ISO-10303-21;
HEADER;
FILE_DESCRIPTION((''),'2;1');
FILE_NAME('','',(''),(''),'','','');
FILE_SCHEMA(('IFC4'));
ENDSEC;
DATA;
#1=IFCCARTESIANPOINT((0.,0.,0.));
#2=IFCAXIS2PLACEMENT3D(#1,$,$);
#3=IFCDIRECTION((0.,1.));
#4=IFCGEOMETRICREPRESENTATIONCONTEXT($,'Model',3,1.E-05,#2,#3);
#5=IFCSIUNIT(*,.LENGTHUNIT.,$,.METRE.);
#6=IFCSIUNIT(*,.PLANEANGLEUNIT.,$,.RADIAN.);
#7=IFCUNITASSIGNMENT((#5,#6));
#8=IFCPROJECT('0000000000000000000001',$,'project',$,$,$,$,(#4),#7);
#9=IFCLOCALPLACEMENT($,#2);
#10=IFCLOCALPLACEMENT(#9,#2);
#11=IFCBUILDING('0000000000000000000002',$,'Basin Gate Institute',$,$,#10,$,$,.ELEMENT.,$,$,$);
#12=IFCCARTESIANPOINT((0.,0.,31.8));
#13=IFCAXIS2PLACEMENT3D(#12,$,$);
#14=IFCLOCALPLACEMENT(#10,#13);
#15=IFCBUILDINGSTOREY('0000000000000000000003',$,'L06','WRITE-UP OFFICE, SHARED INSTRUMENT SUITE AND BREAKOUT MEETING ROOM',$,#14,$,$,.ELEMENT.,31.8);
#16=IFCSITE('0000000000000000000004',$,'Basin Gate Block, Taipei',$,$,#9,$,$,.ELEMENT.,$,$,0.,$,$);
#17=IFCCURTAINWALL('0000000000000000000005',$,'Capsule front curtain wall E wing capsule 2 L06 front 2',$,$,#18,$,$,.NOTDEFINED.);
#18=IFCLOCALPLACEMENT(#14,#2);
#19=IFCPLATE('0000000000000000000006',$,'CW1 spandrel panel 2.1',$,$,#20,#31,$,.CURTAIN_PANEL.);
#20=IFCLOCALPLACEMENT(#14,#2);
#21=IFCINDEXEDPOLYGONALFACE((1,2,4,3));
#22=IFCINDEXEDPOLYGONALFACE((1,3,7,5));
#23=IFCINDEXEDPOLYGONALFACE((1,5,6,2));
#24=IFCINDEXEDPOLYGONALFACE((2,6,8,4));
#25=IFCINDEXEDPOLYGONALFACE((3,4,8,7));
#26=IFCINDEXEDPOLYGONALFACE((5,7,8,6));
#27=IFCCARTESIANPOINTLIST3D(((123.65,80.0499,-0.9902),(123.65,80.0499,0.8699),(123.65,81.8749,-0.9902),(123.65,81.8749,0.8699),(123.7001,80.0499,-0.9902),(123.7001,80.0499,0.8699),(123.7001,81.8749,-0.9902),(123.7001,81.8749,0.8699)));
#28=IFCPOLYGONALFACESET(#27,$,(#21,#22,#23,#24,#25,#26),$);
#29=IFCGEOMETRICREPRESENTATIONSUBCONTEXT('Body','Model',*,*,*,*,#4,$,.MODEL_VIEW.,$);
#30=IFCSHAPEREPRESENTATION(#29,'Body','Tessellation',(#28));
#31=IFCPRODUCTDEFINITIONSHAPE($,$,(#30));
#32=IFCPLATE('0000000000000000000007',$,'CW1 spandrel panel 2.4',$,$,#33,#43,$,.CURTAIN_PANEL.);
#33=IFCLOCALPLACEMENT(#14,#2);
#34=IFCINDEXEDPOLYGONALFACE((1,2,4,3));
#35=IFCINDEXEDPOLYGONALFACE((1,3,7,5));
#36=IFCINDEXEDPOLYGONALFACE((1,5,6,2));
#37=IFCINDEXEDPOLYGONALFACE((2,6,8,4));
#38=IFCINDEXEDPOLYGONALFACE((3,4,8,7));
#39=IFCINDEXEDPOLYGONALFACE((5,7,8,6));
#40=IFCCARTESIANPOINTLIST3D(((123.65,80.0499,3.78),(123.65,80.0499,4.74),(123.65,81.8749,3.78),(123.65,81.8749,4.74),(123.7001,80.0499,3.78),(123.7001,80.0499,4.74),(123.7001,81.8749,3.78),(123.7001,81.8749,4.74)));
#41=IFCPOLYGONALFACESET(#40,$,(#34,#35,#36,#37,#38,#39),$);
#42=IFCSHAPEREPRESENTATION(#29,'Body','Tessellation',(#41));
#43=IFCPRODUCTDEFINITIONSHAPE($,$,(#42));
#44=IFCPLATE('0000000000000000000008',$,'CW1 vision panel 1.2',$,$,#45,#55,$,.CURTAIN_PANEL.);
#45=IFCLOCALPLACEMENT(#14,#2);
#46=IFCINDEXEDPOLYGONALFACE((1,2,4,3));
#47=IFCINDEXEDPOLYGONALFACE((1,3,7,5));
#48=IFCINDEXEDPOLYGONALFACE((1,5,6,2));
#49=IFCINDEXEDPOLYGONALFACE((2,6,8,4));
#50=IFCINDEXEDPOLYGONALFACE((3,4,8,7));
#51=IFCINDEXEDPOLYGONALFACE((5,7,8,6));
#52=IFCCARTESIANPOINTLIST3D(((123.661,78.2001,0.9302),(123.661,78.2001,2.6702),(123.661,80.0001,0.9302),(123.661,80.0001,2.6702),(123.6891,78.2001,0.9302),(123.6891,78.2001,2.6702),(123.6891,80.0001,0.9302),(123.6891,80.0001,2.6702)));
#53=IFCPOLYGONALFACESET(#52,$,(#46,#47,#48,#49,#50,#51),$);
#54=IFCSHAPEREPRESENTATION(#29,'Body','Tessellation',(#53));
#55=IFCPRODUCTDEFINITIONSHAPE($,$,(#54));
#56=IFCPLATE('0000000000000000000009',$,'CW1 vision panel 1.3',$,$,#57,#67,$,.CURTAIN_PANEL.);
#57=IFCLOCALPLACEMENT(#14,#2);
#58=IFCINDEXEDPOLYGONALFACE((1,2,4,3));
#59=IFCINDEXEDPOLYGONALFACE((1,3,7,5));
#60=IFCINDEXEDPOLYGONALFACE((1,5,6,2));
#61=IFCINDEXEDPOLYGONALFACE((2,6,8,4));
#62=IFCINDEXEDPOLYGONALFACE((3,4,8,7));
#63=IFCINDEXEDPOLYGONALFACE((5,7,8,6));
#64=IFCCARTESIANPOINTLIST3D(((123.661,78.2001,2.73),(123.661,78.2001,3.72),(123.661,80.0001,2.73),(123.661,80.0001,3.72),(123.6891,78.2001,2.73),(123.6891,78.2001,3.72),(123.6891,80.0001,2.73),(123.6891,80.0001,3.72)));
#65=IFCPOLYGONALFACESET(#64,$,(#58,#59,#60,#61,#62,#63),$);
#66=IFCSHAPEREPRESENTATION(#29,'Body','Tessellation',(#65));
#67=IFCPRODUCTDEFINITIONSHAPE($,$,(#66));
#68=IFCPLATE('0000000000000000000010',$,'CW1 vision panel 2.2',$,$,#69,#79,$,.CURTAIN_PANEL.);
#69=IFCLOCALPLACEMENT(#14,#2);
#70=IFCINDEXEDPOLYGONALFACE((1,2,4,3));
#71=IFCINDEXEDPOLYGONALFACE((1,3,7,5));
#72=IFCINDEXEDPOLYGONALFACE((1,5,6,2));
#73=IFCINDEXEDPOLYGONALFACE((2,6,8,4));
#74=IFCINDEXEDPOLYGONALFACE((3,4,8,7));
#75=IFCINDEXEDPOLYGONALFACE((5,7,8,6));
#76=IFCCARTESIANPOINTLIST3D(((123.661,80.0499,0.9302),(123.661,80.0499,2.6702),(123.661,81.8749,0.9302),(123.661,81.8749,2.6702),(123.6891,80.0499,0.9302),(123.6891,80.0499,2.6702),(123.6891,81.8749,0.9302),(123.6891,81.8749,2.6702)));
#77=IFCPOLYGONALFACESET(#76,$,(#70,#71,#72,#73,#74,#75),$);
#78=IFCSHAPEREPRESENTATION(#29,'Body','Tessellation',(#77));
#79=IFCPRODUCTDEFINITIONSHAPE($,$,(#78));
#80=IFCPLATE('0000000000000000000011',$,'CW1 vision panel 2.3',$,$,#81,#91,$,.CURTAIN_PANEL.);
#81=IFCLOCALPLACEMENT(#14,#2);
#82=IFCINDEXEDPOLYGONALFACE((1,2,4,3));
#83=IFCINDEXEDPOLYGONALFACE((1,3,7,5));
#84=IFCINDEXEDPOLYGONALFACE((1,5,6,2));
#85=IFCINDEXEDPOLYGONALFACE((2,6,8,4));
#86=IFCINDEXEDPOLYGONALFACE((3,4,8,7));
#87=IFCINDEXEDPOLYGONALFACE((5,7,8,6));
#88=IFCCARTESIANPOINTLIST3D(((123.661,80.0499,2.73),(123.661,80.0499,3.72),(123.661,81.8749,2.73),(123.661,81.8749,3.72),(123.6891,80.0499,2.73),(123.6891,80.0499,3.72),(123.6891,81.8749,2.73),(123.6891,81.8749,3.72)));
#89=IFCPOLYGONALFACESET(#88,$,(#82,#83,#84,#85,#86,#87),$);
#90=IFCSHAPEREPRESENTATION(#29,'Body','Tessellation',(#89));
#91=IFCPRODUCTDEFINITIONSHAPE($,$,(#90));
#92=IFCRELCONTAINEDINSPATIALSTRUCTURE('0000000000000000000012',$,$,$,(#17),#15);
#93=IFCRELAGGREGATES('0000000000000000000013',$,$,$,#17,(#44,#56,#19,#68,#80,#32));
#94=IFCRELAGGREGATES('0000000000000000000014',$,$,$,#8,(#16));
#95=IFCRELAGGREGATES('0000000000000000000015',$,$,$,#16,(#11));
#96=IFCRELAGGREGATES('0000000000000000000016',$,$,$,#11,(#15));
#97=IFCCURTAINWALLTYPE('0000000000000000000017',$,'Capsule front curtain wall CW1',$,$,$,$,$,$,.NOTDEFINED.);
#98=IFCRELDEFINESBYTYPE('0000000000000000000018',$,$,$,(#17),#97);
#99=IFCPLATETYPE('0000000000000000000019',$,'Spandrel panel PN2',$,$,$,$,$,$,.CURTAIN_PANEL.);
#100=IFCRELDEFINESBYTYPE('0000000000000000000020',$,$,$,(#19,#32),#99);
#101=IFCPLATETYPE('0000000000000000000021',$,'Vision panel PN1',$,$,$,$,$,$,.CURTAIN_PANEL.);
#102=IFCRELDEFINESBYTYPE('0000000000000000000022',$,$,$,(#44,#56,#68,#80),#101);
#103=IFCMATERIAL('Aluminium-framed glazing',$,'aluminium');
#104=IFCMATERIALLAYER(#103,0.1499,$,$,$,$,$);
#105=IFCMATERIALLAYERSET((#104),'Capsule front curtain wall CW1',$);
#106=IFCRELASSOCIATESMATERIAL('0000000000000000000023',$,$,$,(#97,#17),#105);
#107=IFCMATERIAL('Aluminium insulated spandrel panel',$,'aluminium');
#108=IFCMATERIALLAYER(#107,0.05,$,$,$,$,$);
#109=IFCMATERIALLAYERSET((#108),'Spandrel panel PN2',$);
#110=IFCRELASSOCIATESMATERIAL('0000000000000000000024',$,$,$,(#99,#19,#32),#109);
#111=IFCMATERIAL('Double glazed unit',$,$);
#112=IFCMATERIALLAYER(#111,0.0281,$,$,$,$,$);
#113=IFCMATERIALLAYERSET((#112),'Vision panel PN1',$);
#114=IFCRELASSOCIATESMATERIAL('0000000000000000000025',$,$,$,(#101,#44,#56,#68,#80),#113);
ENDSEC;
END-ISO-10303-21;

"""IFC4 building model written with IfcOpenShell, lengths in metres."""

from ifc_helpers import new_model, si_unit, direction, frame, origin, origin_2d, place, context, subcontext, project, spatial, rectangle, extrude, material, layer, layer_set, type_object, element, aggregate, save


model = new_model("IFC4")

# Units and contexts
model_context = context("Model", 3, precision=1e-05, world=origin(), true_north=direction((0.0, 1.0)))
body_context = subcontext(model_context, "Body", "Model", "MODEL_VIEW")
ifc_project = project(units=[si_unit("LENGTHUNIT", "METRE"), si_unit("PLANEANGLEUNIT", "RADIAN")], contexts=[model_context])

# Site, building, storey
site_placement = place(None, origin())
site = spatial("IfcSite", under=ifc_project, at=site_placement, Name="Basin Gate Block, Taipei", CompositionType="ELEMENT", RefElevation=0.0)
building_placement = place(site_placement, origin())
building = spatial("IfcBuilding", under=site, at=building_placement, Name="Basin Gate Institute", CompositionType="ELEMENT")
storey_placement = place(building_placement, frame((0.0, 0.0, 31.8)))
storey = spatial("IfcBuildingStorey", under=building, at=storey_placement, Name="L06", Description="WRITE-UP OFFICE, SHARED INSTRUMENT SUITE AND BREAKOUT MEETING ROOM", CompositionType="ELEMENT", Elevation=31.8)

# Curtain wall
ifc_material_1 = material(Name="Aluminium-framed glazing", Category="aluminium")
ifc_layer_1 = layer(ifc_material_1, 0.1499)
ifc_layer_set_1 = layer_set([ifc_layer_1], Name="Capsule front curtain wall CW1")
curtain_wall_type = type_object("IfcCurtainWallType", Name="Capsule front curtain wall CW1", PredefinedType="NOTDEFINED", material=ifc_layer_set_1)
curtain_wall_1_placement = place(storey_placement, origin())
curtain_wall_1 = element("IfcCurtainWall", 1, at=curtain_wall_1_placement, inside=storey, type_object=curtain_wall_type, material=ifc_layer_set_1, Name="Capsule front curtain wall E wing capsule 2 L06 front 2", PredefinedType="NOTDEFINED")

# Plates
ifc_material_2 = material(Name="Aluminium insulated spandrel panel", Category="aluminium")
ifc_layer_2 = layer(ifc_material_2, 0.05)
ifc_layer_set_2 = layer_set([ifc_layer_2], Name="Spandrel panel PN2")
plate_type_1 = type_object("IfcPlateType", Name="Spandrel panel PN2", PredefinedType="CURTAIN_PANEL", material=ifc_layer_set_2)
plate_1_placement = place(storey_placement, frame((123.675, 80.9624, -0.9902), z_axis=(0.0, 0.0, 1.0), x_axis=(0.0, 1.0, 0.0)))
plate_1 = element("IfcPlate", 2, at=plate_1_placement, type_object=plate_type_1, material=ifc_layer_set_2, Name="CW1 spandrel panel 2.1", PredefinedType="CURTAIN_PANEL", context=body_context, shape_type="SweptSolid", body=[
    extrude(rectangle(XDim=1.825, YDim=0.05, at=origin_2d()), origin(), (0.0, 0.0, 1.0), 1.8601),
])
plate_2_placement = place(storey_placement, frame((123.675, 80.9624, 3.78), z_axis=(0.0, 0.0, 1.0), x_axis=(0.0, 1.0, 0.0)))
plate_2 = element("IfcPlate", 3, at=plate_2_placement, type_object=plate_type_1, material=ifc_layer_set_2, Name="CW1 spandrel panel 2.4", PredefinedType="CURTAIN_PANEL", context=body_context, shape_type="SweptSolid", body=[
    extrude(rectangle(XDim=1.825, YDim=0.05, at=origin_2d()), origin(), (0.0, 0.0, 1.0), 0.96),
])
ifc_material_3 = material(Name="Double glazed unit")
ifc_layer_3 = layer(ifc_material_3, 0.0281)
ifc_layer_set_3 = layer_set([ifc_layer_3], Name="Vision panel PN1")
plate_type_2 = type_object("IfcPlateType", Name="Vision panel PN1", PredefinedType="CURTAIN_PANEL", material=ifc_layer_set_3)
plate_3_placement = place(storey_placement, frame((123.675, 79.1001, 0.9302), z_axis=(0.0, 0.0, 1.0), x_axis=(0.0, 1.0, 0.0)))
plate_3 = element("IfcPlate", 4, at=plate_3_placement, type_object=plate_type_2, material=ifc_layer_set_3, Name="CW1 vision panel 1.2", PredefinedType="CURTAIN_PANEL", context=body_context, shape_type="SweptSolid", body=[
    extrude(rectangle(XDim=1.8, YDim=0.0281, at=origin_2d()), origin(), (0.0, 0.0, 1.0), 1.74),
])
plate_4_placement = place(storey_placement, frame((123.675, 79.1001, 2.73), z_axis=(0.0, 0.0, 1.0), x_axis=(0.0, 1.0, 0.0)))
plate_4 = element("IfcPlate", 5, at=plate_4_placement, type_object=plate_type_2, material=ifc_layer_set_3, Name="CW1 vision panel 1.3", PredefinedType="CURTAIN_PANEL", context=body_context, shape_type="SweptSolid", body=[
    extrude(rectangle(XDim=1.8, YDim=0.0281, at=origin_2d()), origin(), (0.0, 0.0, 1.0), 0.99),
])
plate_5_placement = place(storey_placement, frame((123.675, 80.9624, 0.9302), z_axis=(0.0, 0.0, 1.0), x_axis=(0.0, 1.0, 0.0)))
plate_5 = element("IfcPlate", 6, at=plate_5_placement, type_object=plate_type_2, material=ifc_layer_set_3, Name="CW1 vision panel 2.2", PredefinedType="CURTAIN_PANEL", context=body_context, shape_type="SweptSolid", body=[
    extrude(rectangle(XDim=1.825, YDim=0.0281, at=origin_2d()), origin(), (0.0, 0.0, 1.0), 1.74),
])
plate_6_placement = place(storey_placement, frame((123.675, 80.9624, 2.73), z_axis=(0.0, 0.0, 1.0), x_axis=(0.0, 1.0, 0.0)))
plate_6 = element("IfcPlate", 7, at=plate_6_placement, type_object=plate_type_2, material=ifc_layer_set_3, Name="CW1 vision panel 2.3", PredefinedType="CURTAIN_PANEL", context=body_context, shape_type="SweptSolid", body=[
    extrude(rectangle(XDim=1.825, YDim=0.0281, at=origin_2d()), origin(), (0.0, 0.0, 1.0), 0.99),
])
aggregate(curtain_wall_1, [plate_3, plate_4, plate_1, plate_5, plate_6, plate_2])

save(model, "model.ifc")
